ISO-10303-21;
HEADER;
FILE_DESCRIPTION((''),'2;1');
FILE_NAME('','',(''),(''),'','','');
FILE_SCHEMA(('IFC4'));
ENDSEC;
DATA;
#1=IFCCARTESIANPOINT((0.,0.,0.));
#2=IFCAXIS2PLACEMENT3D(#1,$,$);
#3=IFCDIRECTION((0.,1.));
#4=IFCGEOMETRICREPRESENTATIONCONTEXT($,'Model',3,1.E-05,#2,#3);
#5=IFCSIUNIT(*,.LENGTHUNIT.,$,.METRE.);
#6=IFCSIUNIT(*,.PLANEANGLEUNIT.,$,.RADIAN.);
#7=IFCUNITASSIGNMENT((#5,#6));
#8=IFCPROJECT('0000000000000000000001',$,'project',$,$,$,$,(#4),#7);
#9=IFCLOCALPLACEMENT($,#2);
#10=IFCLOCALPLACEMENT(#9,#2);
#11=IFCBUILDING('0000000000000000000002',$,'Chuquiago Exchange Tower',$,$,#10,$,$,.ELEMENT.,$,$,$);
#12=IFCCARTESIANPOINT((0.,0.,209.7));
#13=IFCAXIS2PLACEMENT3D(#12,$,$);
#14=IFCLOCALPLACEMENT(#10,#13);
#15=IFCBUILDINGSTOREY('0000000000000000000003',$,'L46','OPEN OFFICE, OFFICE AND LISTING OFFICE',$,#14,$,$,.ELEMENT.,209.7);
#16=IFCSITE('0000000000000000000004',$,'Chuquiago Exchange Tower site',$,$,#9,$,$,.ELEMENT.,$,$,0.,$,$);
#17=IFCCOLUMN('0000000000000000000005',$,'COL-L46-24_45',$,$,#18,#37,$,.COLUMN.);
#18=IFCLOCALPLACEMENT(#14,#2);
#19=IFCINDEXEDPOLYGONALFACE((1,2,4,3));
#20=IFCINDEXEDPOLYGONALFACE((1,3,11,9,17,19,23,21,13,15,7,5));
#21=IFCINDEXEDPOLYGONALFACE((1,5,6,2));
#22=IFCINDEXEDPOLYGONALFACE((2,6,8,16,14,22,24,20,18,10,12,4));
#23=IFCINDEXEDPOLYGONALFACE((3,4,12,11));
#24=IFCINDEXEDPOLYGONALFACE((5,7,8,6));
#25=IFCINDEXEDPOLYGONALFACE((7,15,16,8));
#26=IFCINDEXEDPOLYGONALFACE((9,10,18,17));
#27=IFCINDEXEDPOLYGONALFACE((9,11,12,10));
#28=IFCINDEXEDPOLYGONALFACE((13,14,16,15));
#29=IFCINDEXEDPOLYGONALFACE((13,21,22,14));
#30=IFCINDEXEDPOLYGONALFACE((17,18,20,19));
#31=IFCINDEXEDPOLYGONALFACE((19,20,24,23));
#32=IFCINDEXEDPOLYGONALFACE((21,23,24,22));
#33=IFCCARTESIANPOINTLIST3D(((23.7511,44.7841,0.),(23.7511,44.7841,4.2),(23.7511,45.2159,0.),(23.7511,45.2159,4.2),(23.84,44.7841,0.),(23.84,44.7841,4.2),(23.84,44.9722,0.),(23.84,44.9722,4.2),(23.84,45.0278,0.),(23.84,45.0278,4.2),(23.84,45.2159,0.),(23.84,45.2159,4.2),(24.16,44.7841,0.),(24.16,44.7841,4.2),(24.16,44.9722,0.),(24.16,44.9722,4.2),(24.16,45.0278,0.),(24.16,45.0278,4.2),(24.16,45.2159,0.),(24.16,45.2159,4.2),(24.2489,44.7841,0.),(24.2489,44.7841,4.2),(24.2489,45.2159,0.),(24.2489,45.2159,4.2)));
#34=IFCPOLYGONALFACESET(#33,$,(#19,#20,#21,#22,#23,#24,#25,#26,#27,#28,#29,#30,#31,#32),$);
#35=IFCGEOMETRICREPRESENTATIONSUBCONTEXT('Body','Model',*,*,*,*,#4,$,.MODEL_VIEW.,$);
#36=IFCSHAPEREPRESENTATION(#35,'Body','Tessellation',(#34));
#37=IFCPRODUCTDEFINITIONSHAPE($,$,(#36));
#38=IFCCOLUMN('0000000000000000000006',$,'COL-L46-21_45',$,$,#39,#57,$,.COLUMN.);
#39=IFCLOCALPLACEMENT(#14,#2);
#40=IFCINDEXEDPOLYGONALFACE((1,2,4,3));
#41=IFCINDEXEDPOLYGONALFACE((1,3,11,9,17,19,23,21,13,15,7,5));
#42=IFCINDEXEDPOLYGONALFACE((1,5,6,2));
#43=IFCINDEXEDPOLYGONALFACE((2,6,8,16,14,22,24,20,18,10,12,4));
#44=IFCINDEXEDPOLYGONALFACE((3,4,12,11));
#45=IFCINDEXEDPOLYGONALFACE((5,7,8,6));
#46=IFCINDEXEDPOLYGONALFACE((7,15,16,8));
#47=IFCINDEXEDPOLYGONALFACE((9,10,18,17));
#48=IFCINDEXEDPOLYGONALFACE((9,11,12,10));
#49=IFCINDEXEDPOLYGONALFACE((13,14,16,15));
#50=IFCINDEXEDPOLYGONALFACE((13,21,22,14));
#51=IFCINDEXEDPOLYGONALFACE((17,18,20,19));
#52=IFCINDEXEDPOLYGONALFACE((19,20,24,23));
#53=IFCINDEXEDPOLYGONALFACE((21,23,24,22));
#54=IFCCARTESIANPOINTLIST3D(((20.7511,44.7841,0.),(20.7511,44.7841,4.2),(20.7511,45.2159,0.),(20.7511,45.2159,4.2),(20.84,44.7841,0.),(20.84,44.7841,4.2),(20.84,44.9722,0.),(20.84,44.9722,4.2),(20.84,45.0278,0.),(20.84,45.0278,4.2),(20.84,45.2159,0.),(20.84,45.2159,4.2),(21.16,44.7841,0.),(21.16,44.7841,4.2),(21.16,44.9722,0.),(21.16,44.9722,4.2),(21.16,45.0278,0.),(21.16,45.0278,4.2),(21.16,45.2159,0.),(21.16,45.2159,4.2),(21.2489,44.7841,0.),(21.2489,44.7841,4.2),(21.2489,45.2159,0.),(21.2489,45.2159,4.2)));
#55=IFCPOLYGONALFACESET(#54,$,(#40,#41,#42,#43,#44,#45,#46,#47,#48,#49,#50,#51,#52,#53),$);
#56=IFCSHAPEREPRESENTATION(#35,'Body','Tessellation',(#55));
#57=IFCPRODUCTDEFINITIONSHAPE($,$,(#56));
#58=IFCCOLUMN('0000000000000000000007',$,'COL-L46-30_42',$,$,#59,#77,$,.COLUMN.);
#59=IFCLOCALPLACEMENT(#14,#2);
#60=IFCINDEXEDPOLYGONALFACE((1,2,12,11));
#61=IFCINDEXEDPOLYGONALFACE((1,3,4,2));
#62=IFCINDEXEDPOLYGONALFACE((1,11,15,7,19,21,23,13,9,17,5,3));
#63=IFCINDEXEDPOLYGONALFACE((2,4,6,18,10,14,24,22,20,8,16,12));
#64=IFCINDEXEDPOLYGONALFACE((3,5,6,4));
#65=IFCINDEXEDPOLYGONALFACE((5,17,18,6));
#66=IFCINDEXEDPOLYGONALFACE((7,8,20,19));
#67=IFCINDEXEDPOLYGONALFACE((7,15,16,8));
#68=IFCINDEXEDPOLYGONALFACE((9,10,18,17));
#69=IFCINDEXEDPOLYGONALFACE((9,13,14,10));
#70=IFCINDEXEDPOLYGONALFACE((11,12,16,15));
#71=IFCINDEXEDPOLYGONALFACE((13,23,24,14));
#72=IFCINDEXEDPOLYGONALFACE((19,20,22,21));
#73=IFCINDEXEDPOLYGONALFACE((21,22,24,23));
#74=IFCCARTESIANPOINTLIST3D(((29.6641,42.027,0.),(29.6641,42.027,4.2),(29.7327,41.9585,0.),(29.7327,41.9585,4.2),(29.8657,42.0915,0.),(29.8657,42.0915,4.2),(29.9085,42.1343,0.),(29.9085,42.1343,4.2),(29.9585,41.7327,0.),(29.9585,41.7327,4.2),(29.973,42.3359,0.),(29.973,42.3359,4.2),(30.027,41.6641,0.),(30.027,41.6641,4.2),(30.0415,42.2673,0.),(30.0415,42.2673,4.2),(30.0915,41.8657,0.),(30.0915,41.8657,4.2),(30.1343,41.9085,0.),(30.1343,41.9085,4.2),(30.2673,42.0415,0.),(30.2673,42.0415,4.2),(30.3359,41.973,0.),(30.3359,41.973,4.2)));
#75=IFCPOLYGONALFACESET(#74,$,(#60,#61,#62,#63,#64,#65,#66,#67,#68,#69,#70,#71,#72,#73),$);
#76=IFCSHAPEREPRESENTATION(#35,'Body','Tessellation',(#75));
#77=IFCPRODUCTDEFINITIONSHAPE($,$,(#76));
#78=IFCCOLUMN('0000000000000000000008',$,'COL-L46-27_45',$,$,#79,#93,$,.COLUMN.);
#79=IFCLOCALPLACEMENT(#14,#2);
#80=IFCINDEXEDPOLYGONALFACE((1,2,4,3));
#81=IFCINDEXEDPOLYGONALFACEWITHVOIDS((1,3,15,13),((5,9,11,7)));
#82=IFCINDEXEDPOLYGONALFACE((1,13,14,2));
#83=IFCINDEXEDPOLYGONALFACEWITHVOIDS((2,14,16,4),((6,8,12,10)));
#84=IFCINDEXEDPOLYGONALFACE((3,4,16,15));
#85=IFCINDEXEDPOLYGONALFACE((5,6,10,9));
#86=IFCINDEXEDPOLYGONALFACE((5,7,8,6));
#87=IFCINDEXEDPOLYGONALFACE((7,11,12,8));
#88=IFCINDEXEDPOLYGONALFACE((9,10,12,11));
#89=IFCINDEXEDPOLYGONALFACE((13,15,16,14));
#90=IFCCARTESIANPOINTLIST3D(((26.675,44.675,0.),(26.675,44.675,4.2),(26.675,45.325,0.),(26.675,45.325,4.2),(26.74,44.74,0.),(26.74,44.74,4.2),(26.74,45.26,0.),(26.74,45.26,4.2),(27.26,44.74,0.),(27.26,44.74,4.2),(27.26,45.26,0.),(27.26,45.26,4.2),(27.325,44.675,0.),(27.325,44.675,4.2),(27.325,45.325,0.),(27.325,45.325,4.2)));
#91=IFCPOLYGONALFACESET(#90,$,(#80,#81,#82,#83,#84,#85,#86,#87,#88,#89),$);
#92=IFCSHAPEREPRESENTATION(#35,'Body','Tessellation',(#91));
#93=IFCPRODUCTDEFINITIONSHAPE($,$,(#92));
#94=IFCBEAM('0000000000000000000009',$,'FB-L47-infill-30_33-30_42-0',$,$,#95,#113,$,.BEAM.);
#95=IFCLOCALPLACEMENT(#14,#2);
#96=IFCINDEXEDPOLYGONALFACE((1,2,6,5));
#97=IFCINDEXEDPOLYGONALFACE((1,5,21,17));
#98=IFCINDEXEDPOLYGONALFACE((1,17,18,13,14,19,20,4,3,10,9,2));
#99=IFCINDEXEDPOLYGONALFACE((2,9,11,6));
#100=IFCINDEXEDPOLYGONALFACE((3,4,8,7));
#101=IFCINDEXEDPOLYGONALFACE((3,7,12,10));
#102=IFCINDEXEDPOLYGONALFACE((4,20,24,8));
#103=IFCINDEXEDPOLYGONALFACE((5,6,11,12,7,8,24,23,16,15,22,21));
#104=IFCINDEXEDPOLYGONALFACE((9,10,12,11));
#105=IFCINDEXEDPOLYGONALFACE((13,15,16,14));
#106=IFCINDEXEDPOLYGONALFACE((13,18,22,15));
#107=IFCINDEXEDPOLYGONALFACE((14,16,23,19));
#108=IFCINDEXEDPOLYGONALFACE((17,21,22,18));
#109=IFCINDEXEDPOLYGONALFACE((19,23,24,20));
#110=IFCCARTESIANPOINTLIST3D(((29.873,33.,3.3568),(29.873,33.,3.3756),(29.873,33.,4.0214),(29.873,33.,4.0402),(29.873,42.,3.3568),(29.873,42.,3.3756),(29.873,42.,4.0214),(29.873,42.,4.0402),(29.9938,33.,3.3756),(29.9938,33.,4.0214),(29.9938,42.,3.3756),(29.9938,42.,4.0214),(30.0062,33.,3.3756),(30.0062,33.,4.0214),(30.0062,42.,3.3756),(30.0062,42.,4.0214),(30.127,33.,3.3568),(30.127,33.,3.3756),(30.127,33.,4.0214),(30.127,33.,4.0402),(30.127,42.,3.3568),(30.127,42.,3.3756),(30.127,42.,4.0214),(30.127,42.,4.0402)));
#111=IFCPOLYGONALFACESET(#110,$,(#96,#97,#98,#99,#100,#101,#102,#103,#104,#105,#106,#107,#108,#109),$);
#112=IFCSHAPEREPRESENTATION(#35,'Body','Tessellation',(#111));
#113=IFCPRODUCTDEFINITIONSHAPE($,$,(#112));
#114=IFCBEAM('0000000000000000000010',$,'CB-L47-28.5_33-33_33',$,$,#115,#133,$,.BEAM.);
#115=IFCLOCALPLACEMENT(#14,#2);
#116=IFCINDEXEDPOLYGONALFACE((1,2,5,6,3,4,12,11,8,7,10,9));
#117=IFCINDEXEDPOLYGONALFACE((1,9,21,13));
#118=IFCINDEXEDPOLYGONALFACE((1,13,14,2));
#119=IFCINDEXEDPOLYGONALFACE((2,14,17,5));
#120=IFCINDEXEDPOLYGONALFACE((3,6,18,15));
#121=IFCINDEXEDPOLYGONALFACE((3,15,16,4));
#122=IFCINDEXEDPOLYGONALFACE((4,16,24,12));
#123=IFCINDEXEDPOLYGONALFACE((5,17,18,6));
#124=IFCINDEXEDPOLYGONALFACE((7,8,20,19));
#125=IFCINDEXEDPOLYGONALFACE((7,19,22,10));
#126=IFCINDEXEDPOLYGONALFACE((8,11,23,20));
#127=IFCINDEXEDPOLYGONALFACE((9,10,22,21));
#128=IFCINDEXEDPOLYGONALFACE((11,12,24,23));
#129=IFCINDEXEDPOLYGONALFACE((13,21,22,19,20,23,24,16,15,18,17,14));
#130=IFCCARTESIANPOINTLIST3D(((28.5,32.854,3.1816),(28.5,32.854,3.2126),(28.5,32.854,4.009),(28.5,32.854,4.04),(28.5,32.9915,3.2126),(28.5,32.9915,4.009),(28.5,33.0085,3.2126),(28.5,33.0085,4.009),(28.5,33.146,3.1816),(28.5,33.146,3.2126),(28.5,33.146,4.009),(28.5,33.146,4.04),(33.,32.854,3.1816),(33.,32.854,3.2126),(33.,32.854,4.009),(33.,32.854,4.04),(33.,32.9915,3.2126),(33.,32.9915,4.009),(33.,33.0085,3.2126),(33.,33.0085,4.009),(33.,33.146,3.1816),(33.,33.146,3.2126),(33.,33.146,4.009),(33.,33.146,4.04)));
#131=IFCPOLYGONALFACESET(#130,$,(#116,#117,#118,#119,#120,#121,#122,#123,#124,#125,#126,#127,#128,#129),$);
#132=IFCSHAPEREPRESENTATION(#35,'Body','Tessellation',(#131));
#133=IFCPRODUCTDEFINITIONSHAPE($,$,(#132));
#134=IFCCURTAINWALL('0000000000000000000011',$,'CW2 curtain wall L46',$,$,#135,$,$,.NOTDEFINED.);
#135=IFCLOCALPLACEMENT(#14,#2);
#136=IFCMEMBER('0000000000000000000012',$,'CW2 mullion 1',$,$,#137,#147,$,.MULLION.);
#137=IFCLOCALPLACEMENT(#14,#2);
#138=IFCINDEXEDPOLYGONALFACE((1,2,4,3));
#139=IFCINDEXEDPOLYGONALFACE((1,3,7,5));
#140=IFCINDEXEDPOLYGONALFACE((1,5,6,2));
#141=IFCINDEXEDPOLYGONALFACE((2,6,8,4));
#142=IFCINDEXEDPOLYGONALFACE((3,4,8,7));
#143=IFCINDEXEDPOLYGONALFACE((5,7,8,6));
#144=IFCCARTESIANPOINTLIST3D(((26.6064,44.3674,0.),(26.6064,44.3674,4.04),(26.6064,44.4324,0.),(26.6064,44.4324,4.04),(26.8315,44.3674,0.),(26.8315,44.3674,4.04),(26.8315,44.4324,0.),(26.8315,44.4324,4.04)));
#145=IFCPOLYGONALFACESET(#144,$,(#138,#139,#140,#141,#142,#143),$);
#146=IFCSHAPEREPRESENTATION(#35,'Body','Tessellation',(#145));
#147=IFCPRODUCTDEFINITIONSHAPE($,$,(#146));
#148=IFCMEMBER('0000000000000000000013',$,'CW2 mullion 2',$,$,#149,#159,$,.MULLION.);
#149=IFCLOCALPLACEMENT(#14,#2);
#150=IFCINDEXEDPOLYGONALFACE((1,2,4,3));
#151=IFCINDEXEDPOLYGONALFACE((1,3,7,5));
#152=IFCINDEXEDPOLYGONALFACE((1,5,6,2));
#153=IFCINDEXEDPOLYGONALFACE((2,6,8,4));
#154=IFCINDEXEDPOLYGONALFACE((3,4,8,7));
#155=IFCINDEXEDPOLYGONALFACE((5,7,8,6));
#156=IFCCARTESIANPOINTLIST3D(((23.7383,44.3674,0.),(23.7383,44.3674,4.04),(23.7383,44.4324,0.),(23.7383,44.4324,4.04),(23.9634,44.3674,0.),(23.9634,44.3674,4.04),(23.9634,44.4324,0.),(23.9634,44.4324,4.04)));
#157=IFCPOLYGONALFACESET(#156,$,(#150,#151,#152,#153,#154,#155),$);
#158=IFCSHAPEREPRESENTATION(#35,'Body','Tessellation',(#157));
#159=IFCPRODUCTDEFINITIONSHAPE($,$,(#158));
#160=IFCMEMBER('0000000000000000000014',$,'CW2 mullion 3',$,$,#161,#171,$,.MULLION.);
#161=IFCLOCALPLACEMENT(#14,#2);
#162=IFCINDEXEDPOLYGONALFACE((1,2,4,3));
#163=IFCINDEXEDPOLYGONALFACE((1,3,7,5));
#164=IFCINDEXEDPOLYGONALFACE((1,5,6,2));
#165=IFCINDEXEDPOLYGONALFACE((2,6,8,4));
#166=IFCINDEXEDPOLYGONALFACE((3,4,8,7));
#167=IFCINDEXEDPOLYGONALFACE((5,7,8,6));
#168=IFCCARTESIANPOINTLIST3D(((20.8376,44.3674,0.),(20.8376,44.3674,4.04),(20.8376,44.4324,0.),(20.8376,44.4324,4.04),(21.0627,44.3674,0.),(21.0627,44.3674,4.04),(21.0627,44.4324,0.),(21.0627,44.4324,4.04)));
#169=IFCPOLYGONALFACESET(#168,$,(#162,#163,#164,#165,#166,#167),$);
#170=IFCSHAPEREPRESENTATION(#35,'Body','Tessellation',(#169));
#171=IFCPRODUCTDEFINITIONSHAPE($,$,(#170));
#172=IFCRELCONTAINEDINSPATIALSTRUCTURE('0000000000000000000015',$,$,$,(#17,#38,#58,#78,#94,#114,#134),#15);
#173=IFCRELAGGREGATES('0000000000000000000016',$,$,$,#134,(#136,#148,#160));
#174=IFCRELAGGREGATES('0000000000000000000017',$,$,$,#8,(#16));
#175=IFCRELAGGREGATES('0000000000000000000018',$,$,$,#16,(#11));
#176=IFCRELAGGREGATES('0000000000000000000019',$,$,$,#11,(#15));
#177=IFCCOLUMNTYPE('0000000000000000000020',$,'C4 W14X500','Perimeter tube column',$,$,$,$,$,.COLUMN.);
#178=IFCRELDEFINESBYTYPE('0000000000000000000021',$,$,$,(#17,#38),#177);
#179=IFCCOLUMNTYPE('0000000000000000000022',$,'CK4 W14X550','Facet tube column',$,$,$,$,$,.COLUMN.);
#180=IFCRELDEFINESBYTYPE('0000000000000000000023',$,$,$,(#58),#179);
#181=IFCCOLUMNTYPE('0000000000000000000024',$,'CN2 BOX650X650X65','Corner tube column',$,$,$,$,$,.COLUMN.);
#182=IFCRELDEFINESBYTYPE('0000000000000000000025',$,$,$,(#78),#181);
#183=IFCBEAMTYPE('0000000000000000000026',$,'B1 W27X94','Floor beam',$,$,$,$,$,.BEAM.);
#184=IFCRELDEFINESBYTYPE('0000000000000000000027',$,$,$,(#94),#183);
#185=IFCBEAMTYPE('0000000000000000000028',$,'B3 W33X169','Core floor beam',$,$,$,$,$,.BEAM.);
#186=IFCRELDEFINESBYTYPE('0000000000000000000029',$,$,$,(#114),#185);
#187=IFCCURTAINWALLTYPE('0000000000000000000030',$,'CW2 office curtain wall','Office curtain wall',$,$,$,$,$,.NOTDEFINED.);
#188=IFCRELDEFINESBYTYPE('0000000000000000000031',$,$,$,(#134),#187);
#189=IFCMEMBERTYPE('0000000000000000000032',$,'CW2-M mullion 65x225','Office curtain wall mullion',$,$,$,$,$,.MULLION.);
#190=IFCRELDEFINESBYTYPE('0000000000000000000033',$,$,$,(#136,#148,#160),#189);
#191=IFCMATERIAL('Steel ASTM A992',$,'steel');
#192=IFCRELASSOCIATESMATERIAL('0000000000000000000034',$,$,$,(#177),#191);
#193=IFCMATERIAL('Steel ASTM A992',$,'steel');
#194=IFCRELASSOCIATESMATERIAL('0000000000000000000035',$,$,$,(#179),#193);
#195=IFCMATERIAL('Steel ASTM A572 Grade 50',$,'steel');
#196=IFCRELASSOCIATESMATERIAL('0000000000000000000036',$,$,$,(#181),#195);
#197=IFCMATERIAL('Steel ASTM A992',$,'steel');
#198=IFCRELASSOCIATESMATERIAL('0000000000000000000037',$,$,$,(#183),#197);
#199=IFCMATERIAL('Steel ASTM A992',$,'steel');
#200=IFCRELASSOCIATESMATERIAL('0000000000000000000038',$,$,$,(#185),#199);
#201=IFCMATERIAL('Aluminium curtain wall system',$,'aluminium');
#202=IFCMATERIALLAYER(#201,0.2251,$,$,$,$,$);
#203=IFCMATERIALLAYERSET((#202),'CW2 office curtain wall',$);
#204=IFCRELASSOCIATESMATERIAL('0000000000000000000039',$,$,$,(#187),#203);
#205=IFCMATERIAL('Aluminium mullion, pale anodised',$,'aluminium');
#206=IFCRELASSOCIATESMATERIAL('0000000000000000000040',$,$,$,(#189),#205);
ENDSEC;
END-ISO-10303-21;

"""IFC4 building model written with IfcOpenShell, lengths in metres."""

from ifc_helpers import new_model, si_unit, direction, frame, origin, origin_2d, place, context, subcontext, project, spatial, rectangle, hollow_rectangle, i_section, extrude, material, layer, layer_set, material_profile, profile_set, type_object, element, aggregate, save


model = new_model("IFC4")

# Units and contexts
model_context = context("Model", 3, precision=1e-05, world=origin(), true_north=direction((0.0, 1.0)))
body_context = subcontext(model_context, "Body", "Model", "MODEL_VIEW")
ifc_project = project(units=[si_unit("LENGTHUNIT", "METRE"), si_unit("PLANEANGLEUNIT", "RADIAN")], contexts=[model_context])

# Site, building, storey
site_placement = place(None, origin())
site = spatial("IfcSite", under=ifc_project, at=site_placement, Name="Chuquiago Exchange Tower site", CompositionType="ELEMENT", RefElevation=0.0)
building_placement = place(site_placement, origin())
building = spatial("IfcBuilding", under=site, at=building_placement, Name="Chuquiago Exchange Tower", CompositionType="ELEMENT")
storey_placement = place(building_placement, frame((0.0, 0.0, 209.7)))
storey = spatial("IfcBuildingStorey", under=building, at=storey_placement, Name="L46", Description="OPEN OFFICE, OFFICE AND LISTING OFFICE", CompositionType="ELEMENT", Elevation=209.7)

# Columns
ifc_material_1 = material(Name="Steel ASTM A992", Category="steel")
ifc_material_profile_1 = material_profile(ifc_material_1, i_section(OverallWidth=0.4319, OverallDepth=0.4978, WebThickness=0.0557, FlangeThickness=0.0889, at=origin_2d()), Name="W14X500")
ifc_profile_set_1 = profile_set([ifc_material_profile_1], Name="Steel ASTM A992")
column_type_1 = type_object("IfcColumnType", Name="C4 W14X500", Description="Perimeter tube column", PredefinedType="COLUMN", material=ifc_profile_set_1)
for number, where, z_axis, x_axis, name in (
    (1, (24.0, 45.0, 0.0), (0.0, 0.0, 1.0), (0.0, 1.0, 0.0), "COL-L46-24_45"),
    (2, (21.0, 45.0, 0.0), (0.0, 0.0, 1.0), (0.0, 1.0, 0.0), "COL-L46-21_45"),
):
    element("IfcColumn", number, at=place(storey_placement, frame(where, z_axis=z_axis, x_axis=x_axis)), inside=storey, type_object=column_type_1, Name=name, PredefinedType="COLUMN", context=body_context, shape_type="SweptSolid", body=[
        extrude(i_section(OverallWidth=0.4319, OverallDepth=0.4978, WebThickness=0.0557, FlangeThickness=0.0889, at=origin_2d()), origin(), (0.0, 0.0, 1.0), 4.2),
    ])
ifc_material_2 = material(Name="Steel ASTM A992", Category="steel")
ifc_material_profile_2 = material_profile(ifc_material_2, i_section(OverallWidth=0.4368, OverallDepth=0.5132, WebThickness=0.0605, FlangeThickness=0.0969, at=origin_2d()), Name="W14X550")
ifc_profile_set_2 = profile_set([ifc_material_profile_2], Name="Steel ASTM A992")
column_type_2 = type_object("IfcColumnType", Name="CK4 W14X550", Description="Facet tube column", PredefinedType="COLUMN", material=ifc_profile_set_2)
column_1_placement = place(storey_placement, frame((30.0, 42.0, 0.0), z_axis=(0.0, 0.0, 1.0), x_axis=(0.707107, 0.707107, 0.0)))
element("IfcColumn", 3, at=column_1_placement, inside=storey, type_object=column_type_2, Name="COL-L46-30_42", PredefinedType="COLUMN", context=body_context, shape_type="SweptSolid", body=[
    extrude(i_section(OverallWidth=0.4368, OverallDepth=0.5132, WebThickness=0.0605, FlangeThickness=0.0969, at=origin_2d()), origin(), (0.0, 0.0, 1.0), 4.2),
])
ifc_material_3 = material(Name="Steel ASTM A572 Grade 50", Category="steel")
ifc_material_profile_3 = material_profile(ifc_material_3, hollow_rectangle(XDim=0.6499, YDim=0.6499, WallThickness=0.0649, at=origin_2d()), Name="BOX650X650X65")
ifc_profile_set_3 = profile_set([ifc_material_profile_3], Name="Steel ASTM A572 Grade 50")
column_type_3 = type_object("IfcColumnType", Name="CN2 BOX650X650X65", Description="Corner tube column", PredefinedType="COLUMN", material=ifc_profile_set_3)
column_2_placement = place(storey_placement, frame((27.0, 45.0, 0.0), z_axis=(0.0, 0.0, 1.0), x_axis=(0.0, 1.0, 0.0)))
element("IfcColumn", 4, at=column_2_placement, inside=storey, type_object=column_type_3, Name="COL-L46-27_45", PredefinedType="COLUMN", context=body_context, shape_type="SweptSolid", body=[
    extrude(hollow_rectangle(XDim=0.6499, YDim=0.6499, WallThickness=0.0649, at=origin_2d()), origin(), (0.0, 0.0, 1.0), 4.2),
])

# Beams
ifc_material_4 = material(Name="Steel ASTM A992", Category="steel")
ifc_material_profile_4 = material_profile(ifc_material_4, i_section(OverallWidth=0.2539, OverallDepth=0.6833, WebThickness=0.0125, FlangeThickness=0.0188, at=origin_2d()), Name="W27X94")
ifc_profile_set_4 = profile_set([ifc_material_profile_4], Name="Steel ASTM A992")
beam_type_1 = type_object("IfcBeamType", Name="B1 W27X94", Description="Floor beam", PredefinedType="BEAM", material=ifc_profile_set_4)
beam_1_placement = place(storey_placement, frame((30.0, 33.0, 3.6985), z_axis=(0.0, 1.0, 0.0), x_axis=(-1.0, 0.0, 0.0)))
element("IfcBeam", 5, at=beam_1_placement, inside=storey, type_object=beam_type_1, Name="FB-L47-infill-30_33-30_42-0", PredefinedType="BEAM", context=body_context, shape_type="SweptSolid", body=[
    extrude(i_section(OverallWidth=0.2539, OverallDepth=0.6833, WebThickness=0.0125, FlangeThickness=0.0188, at=origin_2d()), origin(), (0.0, 0.0, 1.0), 9.0),
])
ifc_material_5 = material(Name="Steel ASTM A992", Category="steel")
ifc_material_profile_5 = material_profile(ifc_material_5, i_section(OverallWidth=0.292, OverallDepth=0.8584, WebThickness=0.0171, FlangeThickness=0.031, at=origin_2d()), Name="W33X169")
ifc_profile_set_5 = profile_set([ifc_material_profile_5], Name="Steel ASTM A992")
beam_type_2 = type_object("IfcBeamType", Name="B3 W33X169", Description="Core floor beam", PredefinedType="BEAM", material=ifc_profile_set_5)
beam_2_placement = place(storey_placement, frame((28.5, 33.0, 3.6108), z_axis=(1.0, 0.0, 0.0), x_axis=(0.0, 1.0, 0.0)))
element("IfcBeam", 6, at=beam_2_placement, inside=storey, type_object=beam_type_2, Name="CB-L47-28.5_33-33_33", PredefinedType="BEAM", context=body_context, shape_type="SweptSolid", body=[
    extrude(i_section(OverallWidth=0.292, OverallDepth=0.8584, WebThickness=0.0171, FlangeThickness=0.031, at=origin_2d()), origin(), (0.0, 0.0, 1.0), 4.5),
])

# Curtain wall, members
ifc_material_6 = material(Name="Aluminium curtain wall system", Category="aluminium")
ifc_layer_1 = layer(ifc_material_6, 0.2251)
ifc_layer_set_1 = layer_set([ifc_layer_1], Name="CW2 office curtain wall")
curtain_wall_type_1 = type_object("IfcCurtainWallType", Name="CW2 office curtain wall", Description="Office curtain wall", PredefinedType="NOTDEFINED", material=ifc_layer_set_1)
curtain_wall_1_placement = place(storey_placement, origin())
curtain_wall_1 = element("IfcCurtainWall", 7, at=curtain_wall_1_placement, inside=storey, type_object=curtain_wall_type_1, Name="CW2 curtain wall L46", PredefinedType="NOTDEFINED")
ifc_material_7 = material(Name="Aluminium mullion, pale anodised", Category="aluminium")
ifc_material_profile_6 = material_profile(ifc_material_7, rectangle(XDim=0.0649, YDim=0.2251, at=origin_2d()), Name="AL 65x225")
ifc_profile_set_6 = profile_set([ifc_material_profile_6], Name="Aluminium mullion, pale anodised")
member_type_1 = type_object("IfcMemberType", Name="CW2-M mullion 65x225", Description="Office curtain wall mullion", PredefinedType="MULLION", material=ifc_profile_set_6)
member_1_placement = place(storey_placement, frame((26.719, 44.3999, 0.0), z_axis=(0.0, 0.0, 1.0), x_axis=(0.0, -1.0, 0.0)))
member_1 = element("IfcMember", 8, at=member_1_placement, type_object=member_type_1, Name="CW2 mullion 1", PredefinedType="MULLION", context=body_context, shape_type="SweptSolid", body=[
    extrude(rectangle(XDim=0.0649, YDim=0.2251, at=origin_2d()), origin(), (0.0, 0.0, 1.0), 4.04),
])
member_2_placement = place(storey_placement, frame((23.8508, 44.3999, 0.0), z_axis=(0.0, 0.0, 1.0), x_axis=(0.0, -1.0, 0.0)))
member_2 = element("IfcMember", 9, at=member_2_placement, type_object=member_type_1, Name="CW2 mullion 2", PredefinedType="MULLION", context=body_context, shape_type="SweptSolid", body=[
    extrude(rectangle(XDim=0.0649, YDim=0.2251, at=origin_2d()), origin(), (0.0, 0.0, 1.0), 4.04),
])
member_3_placement = place(storey_placement, frame((20.9502, 44.3999, 0.0), z_axis=(0.0, 0.0, 1.0), x_axis=(0.0, -1.0, 0.0)))
member_3 = element("IfcMember", 10, at=member_3_placement, type_object=member_type_1, Name="CW2 mullion 3", PredefinedType="MULLION", context=body_context, shape_type="SweptSolid", body=[
    extrude(rectangle(XDim=0.0649, YDim=0.2251, at=origin_2d()), origin(), (0.0, 0.0, 1.0), 4.04),
])

aggregate(curtain_wall_1, [member_1, member_2, member_3])

save(model, "model.ifc")
